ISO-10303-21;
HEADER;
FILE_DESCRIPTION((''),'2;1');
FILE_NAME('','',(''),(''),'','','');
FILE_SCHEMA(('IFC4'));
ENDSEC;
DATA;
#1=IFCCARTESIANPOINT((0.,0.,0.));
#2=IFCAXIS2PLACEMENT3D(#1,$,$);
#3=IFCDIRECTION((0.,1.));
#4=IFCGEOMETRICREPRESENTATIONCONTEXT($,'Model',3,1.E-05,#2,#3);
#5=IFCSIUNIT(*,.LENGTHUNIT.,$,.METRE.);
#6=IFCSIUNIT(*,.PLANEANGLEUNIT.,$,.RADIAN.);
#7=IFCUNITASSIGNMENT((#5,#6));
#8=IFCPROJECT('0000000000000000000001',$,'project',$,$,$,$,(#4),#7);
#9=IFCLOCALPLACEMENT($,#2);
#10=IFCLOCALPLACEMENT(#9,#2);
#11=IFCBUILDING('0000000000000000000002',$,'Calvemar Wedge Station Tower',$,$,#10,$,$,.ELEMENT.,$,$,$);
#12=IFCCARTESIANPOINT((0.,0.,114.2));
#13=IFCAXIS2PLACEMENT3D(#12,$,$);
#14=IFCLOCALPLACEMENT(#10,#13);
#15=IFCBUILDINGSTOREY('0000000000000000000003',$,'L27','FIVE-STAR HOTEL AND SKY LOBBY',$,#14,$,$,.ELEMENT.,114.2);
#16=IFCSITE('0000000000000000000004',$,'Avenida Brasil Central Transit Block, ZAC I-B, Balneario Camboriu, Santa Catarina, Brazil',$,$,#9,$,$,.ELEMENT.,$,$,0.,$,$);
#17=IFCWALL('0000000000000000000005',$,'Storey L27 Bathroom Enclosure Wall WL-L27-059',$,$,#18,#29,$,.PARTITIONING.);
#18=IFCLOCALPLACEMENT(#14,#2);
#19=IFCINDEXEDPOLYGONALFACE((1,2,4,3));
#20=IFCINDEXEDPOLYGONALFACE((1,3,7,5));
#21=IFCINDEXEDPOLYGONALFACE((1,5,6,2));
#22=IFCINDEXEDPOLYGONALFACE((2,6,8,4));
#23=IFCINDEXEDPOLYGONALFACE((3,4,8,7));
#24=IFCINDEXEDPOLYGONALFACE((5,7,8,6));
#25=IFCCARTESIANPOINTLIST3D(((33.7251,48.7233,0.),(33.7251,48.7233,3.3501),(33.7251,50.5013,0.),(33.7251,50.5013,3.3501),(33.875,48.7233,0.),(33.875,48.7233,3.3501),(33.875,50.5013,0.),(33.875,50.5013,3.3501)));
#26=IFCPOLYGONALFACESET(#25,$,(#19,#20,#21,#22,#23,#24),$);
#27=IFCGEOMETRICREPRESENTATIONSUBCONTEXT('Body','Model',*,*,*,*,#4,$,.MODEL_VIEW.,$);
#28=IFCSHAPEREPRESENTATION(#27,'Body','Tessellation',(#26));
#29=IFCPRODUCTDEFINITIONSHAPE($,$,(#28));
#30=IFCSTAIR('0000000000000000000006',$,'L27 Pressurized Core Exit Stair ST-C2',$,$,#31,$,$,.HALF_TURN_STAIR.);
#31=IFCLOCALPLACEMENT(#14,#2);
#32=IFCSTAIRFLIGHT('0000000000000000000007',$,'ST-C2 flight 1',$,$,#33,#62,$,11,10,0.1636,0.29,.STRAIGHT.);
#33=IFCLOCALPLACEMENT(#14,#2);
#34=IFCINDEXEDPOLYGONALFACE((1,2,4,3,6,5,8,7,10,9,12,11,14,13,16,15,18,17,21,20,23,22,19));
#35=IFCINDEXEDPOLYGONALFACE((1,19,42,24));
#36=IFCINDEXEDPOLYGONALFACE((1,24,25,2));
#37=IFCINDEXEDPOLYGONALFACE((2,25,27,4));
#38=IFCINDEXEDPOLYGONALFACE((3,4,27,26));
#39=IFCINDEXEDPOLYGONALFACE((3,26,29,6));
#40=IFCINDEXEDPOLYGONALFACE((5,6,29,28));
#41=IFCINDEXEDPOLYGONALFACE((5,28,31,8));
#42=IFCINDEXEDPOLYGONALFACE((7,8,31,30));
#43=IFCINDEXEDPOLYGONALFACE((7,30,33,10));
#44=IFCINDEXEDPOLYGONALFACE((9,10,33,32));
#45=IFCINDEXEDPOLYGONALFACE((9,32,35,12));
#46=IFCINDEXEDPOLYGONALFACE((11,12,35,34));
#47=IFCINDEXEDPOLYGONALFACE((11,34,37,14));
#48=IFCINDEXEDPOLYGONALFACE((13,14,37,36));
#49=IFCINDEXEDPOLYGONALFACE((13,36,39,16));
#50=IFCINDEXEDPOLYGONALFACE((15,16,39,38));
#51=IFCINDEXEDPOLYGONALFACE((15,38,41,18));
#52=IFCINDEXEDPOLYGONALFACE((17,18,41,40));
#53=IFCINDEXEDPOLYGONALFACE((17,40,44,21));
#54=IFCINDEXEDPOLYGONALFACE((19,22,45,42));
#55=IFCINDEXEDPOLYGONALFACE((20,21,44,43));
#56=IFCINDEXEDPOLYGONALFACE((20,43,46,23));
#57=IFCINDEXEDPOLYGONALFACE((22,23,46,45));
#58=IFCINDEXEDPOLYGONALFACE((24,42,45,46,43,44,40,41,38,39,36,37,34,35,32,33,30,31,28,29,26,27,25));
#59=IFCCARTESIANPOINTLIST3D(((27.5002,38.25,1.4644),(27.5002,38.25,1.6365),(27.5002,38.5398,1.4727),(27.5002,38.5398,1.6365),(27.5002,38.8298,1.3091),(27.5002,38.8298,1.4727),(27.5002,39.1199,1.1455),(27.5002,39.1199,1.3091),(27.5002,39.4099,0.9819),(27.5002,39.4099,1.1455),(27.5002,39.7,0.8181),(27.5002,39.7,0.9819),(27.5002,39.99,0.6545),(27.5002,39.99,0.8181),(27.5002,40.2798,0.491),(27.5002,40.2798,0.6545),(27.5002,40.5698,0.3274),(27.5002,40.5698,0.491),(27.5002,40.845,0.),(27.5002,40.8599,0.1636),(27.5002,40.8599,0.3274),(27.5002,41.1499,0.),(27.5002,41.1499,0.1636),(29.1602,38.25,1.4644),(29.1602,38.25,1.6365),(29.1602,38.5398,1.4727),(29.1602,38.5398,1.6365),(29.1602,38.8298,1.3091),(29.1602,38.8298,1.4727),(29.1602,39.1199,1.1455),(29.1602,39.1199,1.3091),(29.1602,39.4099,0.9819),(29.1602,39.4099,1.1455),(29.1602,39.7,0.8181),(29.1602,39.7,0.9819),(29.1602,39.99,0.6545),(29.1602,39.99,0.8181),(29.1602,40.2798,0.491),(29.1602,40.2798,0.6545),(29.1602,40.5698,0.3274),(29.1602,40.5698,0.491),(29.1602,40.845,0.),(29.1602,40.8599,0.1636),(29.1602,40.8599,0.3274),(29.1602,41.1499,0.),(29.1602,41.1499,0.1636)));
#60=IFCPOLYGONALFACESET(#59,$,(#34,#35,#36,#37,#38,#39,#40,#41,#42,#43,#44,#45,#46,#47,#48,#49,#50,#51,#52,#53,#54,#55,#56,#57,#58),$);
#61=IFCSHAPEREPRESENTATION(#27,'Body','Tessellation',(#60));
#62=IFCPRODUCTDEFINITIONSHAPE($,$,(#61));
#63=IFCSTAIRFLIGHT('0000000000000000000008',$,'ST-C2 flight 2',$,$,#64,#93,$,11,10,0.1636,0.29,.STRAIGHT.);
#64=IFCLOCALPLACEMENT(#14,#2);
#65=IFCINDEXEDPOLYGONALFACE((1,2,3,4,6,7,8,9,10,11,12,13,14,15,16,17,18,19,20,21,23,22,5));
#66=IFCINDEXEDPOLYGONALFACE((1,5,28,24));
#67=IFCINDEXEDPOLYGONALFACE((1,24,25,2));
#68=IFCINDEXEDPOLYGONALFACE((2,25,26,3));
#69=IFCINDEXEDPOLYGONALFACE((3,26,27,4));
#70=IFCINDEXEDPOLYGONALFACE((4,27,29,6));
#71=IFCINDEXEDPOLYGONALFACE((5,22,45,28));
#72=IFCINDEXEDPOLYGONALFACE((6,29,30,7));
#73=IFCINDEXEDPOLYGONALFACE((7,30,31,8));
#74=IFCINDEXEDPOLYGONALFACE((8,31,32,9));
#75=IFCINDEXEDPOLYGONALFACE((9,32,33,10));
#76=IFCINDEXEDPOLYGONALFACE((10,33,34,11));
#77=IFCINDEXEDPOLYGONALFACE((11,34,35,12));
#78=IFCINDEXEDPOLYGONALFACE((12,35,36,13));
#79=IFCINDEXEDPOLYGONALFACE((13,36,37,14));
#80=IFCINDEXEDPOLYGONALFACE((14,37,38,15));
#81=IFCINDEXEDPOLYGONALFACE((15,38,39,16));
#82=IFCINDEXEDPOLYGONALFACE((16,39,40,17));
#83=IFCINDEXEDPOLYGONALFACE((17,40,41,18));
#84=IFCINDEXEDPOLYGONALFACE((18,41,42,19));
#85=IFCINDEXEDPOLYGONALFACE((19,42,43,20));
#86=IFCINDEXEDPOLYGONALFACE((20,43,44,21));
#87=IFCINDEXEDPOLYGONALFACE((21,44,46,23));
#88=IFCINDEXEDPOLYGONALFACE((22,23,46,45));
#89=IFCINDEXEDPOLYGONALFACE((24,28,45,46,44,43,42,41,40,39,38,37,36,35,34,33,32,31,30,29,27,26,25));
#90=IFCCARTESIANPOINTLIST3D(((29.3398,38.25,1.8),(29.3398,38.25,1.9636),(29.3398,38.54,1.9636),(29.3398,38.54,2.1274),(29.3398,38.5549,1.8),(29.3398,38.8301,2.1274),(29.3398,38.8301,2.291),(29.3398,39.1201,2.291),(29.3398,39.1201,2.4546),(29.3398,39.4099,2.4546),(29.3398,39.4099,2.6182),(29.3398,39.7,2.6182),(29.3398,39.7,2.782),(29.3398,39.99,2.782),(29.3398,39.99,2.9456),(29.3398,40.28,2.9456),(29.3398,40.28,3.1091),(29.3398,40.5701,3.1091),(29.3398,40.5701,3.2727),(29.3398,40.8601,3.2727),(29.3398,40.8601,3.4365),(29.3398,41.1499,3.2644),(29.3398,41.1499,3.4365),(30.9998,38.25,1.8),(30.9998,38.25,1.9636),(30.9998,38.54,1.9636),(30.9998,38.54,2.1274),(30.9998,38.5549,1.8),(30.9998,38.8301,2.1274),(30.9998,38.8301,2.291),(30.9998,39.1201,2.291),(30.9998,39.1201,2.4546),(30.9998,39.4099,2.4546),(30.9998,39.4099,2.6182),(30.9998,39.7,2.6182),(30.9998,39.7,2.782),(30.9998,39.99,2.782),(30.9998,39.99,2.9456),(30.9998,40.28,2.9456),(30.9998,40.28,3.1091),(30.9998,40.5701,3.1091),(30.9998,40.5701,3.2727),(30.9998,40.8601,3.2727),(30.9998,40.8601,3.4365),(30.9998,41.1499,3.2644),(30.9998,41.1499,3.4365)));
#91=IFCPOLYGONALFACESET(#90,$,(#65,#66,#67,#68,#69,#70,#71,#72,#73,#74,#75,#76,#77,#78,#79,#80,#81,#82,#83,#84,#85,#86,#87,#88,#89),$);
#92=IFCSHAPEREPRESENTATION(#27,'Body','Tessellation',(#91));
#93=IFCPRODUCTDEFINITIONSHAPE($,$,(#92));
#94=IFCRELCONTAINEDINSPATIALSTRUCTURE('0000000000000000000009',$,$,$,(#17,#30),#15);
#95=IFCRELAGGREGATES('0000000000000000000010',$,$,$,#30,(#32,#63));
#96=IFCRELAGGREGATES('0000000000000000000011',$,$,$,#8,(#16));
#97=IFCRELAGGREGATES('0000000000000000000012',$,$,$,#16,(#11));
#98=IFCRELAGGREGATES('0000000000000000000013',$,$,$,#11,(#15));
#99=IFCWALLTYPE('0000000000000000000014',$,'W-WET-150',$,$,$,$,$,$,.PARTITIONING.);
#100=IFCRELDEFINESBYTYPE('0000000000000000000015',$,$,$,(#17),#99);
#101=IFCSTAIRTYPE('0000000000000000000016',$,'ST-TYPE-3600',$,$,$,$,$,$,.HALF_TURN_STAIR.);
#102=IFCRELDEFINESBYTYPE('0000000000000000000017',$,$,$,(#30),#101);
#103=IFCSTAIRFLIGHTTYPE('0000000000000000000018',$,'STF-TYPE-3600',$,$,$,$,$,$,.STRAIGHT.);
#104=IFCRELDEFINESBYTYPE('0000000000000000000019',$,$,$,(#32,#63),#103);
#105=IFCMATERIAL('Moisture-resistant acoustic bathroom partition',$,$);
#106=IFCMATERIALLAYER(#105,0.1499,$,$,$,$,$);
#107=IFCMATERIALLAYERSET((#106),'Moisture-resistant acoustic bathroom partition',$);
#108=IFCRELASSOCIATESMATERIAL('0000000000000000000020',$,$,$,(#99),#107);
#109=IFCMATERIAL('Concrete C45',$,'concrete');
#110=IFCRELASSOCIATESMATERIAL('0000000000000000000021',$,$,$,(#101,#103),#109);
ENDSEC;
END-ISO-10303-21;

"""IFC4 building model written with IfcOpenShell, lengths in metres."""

from ifc_helpers import new_model, si_unit, direction, frame, frame_2d, origin, place, context, subcontext, project, spatial, polyline, rectangle, outline, extrude, material, layer, layer_set, type_object, element, aggregate, save


model = new_model("IFC4")

# Units and contexts
model_context = context("Model", 3, precision=1e-05, world=origin(), true_north=direction((0.0, 1.0)))
body_context = subcontext(model_context, "Body", "Model", "MODEL_VIEW")
ifc_project = project(units=[si_unit("LENGTHUNIT", "METRE"), si_unit("PLANEANGLEUNIT", "RADIAN")], contexts=[model_context])

# Site, building, storey
site_placement = place(None, origin())
site = spatial("IfcSite", under=ifc_project, at=site_placement, Name="Avenida Brasil Central Transit Block, ZAC I-B, Balneario Camboriu, Santa Catarina, Brazil", CompositionType="ELEMENT", RefElevation=0.0)
building_placement = place(site_placement, origin())
building = spatial("IfcBuilding", under=site, at=building_placement, Name="Calvemar Wedge Station Tower", CompositionType="ELEMENT")
storey_placement = place(building_placement, frame((0.0, 0.0, 114.2)))
storey = spatial("IfcBuildingStorey", under=building, at=storey_placement, Name="L27", Description="FIVE-STAR HOTEL AND SKY LOBBY", CompositionType="ELEMENT", Elevation=114.2)

# Shared definitions
ifc_material_1 = material(Name="Moisture-resistant acoustic bathroom partition")
ifc_layer_1 = layer(ifc_material_1, 0.1499)
ifc_layer_set_1 = layer_set([ifc_layer_1], Name="Moisture-resistant acoustic bathroom partition")
wall_type_1 = type_object("IfcWallType", Name="W-WET-150", PredefinedType="PARTITIONING", material=ifc_layer_set_1)

# Wall
wall_1_placement = place(storey_placement, frame((33.8, 48.7231, 0.0), z_axis=(0.0, 0.0, 1.0), x_axis=(0.0, 1.0, 0.0)))
element("IfcWall", 1, at=wall_1_placement, inside=storey, type_object=wall_type_1, Name="Storey L27 Bathroom Enclosure Wall WL-L27-059", PredefinedType="PARTITIONING", context=body_context, shape_type="SweptSolid", body=[
    extrude(rectangle(XDim=1.7781, YDim=0.1499, at=frame_2d((0.8892, 0.0))), origin(), (0.0, 0.0, 1.0), 3.3501),
])

# Stair, stair flights
ifc_material_2 = material(Name="Concrete C45", Category="concrete")
stair_type = type_object("IfcStairType", Name="ST-TYPE-3600", PredefinedType="HALF_TURN_STAIR", material=ifc_material_2)
stair_placement = place(storey_placement, origin())
stair = element("IfcStair", 2, at=stair_placement, inside=storey, type_object=stair_type, Name="L27 Pressurized Core Exit Stair ST-C2", PredefinedType="HALF_TURN_STAIR")
stair_flight_type = type_object("IfcStairFlightType", Name="STF-TYPE-3600", PredefinedType="STRAIGHT", material=ifc_material_2)
stair_flight_1_placement = place(storey_placement, frame((28.3301, 41.1499, 0.0), z_axis=(0.0, 0.0, 1.0), x_axis=(0.0, -1.0, 0.0)))
stair_flight_1 = element("IfcStairFlight", 3, at=stair_flight_1_placement, type_object=stair_flight_type, Name="ST-C2 flight 1", NumberOfRisers=11, NumberOfTreads=10, PredefinedType="STRAIGHT", RiserHeight=0.1636, TreadLength=0.29, context=body_context, shape_type="SweptSolid", body=[
    extrude(outline(polyline([(0.0, 0.0), (0.0, 0.1636), (0.29, 0.1636), (0.29, 0.3274), (0.5801, 0.3274), (0.5801, 0.491), (0.8701, 0.491), (0.8701, 0.6545), (1.1599, 0.6545), (1.1599, 0.8181), (1.45, 0.8181), (1.45, 0.9819), (1.74, 0.9819), (1.74, 1.1455), (2.03, 1.1455), (2.03, 1.3091), (2.3201, 1.3091), (2.3201, 1.4727), (2.6101, 1.4727), (2.6101, 1.6365), (2.8999, 1.6365), (2.8999, 1.8), (2.8999, 1.4644), (0.3049, 0.0), (0.0, 0.0)])), frame((0.0, 0.8301, 0.0), z_axis=(0.0, -1.0, 0.0), x_axis=(1.0, 0.0, 0.0)), (0.0, 0.0, 1.0), 1.6599),
])
stair_flight_2_placement = place(storey_placement, frame((30.1699, 38.25, 1.8), z_axis=(0.0, 0.0, 1.0), x_axis=(0.0, 1.0, 0.0)))
stair_flight_2 = element("IfcStairFlight", 4, at=stair_flight_2_placement, type_object=stair_flight_type, Name="ST-C2 flight 2", NumberOfRisers=11, NumberOfTreads=10, PredefinedType="STRAIGHT", RiserHeight=0.1636, TreadLength=0.29, context=body_context, shape_type="SweptSolid", body=[
    extrude(outline(polyline([(0.0, 0.0), (0.0, 0.1636), (0.29, 0.1636), (0.29, 0.3274), (0.5801, 0.3274), (0.5801, 0.491), (0.8701, 0.491), (0.8701, 0.6545), (1.1599, 0.6545), (1.1599, 0.8181), (1.45, 0.8181), (1.45, 0.9819), (1.74, 0.9819), (1.74, 1.1455), (2.03, 1.1455), (2.03, 1.3091), (2.3201, 1.3091), (2.3201, 1.4727), (2.6101, 1.4727), (2.6101, 1.6365), (2.8999, 1.6365), (2.8999, 1.8), (2.8999, 1.4644), (0.3049, 0.0), (0.0, 0.0)])), frame((0.0, 0.8301, 0.0), z_axis=(0.0, -1.0, 0.0), x_axis=(1.0, 0.0, 0.0)), (0.0, 0.0, 1.0), 1.6599),
])
aggregate(stair, [stair_flight_1, stair_flight_2])

save(model, "model.ifc")
